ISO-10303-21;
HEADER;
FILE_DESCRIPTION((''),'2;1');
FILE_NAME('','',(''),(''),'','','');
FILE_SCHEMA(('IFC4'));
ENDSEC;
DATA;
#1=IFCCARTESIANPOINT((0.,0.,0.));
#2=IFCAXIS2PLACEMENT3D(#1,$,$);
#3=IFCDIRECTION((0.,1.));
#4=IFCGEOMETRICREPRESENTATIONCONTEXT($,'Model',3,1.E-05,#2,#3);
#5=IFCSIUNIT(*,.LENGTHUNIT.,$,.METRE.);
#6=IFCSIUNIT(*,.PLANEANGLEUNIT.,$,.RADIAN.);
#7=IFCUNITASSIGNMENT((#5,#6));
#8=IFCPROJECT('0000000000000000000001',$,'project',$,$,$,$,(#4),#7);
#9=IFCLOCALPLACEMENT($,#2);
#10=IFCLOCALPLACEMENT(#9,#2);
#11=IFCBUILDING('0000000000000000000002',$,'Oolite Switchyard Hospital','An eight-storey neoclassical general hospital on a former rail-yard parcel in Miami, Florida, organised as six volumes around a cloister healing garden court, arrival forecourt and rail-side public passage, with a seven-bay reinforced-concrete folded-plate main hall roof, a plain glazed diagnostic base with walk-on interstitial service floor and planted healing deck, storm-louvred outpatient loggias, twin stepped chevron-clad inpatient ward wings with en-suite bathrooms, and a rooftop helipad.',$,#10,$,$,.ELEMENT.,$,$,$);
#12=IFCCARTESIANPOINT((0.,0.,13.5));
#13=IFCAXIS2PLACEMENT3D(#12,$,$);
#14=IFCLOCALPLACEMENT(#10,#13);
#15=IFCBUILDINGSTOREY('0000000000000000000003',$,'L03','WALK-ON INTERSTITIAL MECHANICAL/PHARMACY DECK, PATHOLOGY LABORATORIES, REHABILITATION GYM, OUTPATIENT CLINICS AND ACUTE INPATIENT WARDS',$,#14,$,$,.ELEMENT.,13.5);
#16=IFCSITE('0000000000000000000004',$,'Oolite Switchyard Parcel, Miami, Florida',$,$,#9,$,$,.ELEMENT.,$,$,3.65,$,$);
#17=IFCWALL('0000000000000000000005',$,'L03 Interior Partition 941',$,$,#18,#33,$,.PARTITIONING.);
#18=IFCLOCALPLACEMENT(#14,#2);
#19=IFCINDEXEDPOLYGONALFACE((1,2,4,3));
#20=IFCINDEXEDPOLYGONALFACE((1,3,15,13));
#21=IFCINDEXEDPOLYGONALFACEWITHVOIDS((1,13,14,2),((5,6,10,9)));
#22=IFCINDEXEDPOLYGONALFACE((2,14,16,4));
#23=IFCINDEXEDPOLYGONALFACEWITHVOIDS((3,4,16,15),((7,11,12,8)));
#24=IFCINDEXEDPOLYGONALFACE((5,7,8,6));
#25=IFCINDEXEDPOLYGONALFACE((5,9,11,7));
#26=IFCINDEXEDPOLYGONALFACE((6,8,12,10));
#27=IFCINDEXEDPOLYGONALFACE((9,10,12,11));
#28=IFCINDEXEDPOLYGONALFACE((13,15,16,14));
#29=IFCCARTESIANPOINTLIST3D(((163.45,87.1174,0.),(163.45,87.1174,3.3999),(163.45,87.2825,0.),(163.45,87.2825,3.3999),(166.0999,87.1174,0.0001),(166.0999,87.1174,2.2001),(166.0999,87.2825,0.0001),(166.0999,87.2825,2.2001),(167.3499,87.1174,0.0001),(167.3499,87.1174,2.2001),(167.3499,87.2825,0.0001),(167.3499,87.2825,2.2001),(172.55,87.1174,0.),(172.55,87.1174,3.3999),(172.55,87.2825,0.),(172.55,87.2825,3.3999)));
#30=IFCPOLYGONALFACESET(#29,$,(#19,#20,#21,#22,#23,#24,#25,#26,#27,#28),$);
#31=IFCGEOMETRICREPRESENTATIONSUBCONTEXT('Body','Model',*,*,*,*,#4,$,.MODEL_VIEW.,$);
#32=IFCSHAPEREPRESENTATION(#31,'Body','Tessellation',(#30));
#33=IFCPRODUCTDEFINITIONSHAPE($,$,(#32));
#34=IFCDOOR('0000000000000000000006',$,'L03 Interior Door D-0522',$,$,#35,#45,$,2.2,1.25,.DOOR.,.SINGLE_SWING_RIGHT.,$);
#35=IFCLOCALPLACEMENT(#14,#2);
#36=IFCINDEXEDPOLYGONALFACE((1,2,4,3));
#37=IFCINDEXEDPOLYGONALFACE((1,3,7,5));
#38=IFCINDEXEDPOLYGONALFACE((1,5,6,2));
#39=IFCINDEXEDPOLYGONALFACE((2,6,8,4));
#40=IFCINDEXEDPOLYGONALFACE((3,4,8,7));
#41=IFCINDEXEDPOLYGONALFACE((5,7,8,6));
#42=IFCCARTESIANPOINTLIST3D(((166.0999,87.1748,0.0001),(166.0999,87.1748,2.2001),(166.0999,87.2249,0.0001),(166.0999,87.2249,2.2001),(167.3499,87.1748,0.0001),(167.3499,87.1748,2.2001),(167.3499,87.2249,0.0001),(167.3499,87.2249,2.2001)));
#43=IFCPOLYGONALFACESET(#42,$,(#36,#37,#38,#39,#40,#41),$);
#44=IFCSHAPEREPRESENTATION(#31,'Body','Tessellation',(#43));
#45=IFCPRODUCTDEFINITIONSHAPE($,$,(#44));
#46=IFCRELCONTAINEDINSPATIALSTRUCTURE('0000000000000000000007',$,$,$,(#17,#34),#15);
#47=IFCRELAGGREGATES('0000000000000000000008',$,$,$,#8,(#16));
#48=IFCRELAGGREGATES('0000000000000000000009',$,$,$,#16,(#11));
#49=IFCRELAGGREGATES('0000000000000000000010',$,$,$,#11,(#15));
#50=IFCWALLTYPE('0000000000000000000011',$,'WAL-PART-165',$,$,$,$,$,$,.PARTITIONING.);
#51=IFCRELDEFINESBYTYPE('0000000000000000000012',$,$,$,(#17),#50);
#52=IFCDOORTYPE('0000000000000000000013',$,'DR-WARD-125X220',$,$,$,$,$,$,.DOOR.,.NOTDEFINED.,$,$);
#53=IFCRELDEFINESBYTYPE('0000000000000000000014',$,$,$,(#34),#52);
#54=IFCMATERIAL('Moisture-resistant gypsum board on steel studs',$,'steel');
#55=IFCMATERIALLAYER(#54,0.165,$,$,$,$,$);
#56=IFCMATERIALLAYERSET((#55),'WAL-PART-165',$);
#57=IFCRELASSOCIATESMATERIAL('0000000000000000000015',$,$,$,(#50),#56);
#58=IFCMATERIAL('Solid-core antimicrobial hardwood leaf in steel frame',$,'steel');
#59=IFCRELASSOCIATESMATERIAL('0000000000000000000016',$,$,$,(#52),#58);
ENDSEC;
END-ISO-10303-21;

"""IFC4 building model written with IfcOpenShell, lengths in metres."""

from ifc_helpers import new_model, si_unit, direction, frame, frame_2d, origin, place, context, subcontext, project, spatial, rectangle, extrude, material, layer, layer_set, type_object, element, fill, save


model = new_model("IFC4")

# Units and contexts
model_context = context("Model", 3, precision=1e-05, world=origin(), true_north=direction((0.0, 1.0)))
body_context = subcontext(model_context, "Body", "Model", "MODEL_VIEW")
ifc_project = project(units=[si_unit("LENGTHUNIT", "METRE"), si_unit("PLANEANGLEUNIT", "RADIAN")], contexts=[model_context])

# Site, building, storey
site_placement = place(None, origin())
site = spatial("IfcSite", under=ifc_project, at=site_placement, Name="Oolite Switchyard Parcel, Miami, Florida", CompositionType="ELEMENT", RefElevation=3.65)
building_placement = place(site_placement, origin())
building = spatial("IfcBuilding", under=site, at=building_placement, Name="Oolite Switchyard Hospital", Description="An eight-storey neoclassical general hospital on a former rail-yard parcel in Miami, Florida, organised as six volumes around a cloister healing garden court, arrival forecourt and rail-side public passage, with a seven-bay reinforced-concrete folded-plate main hall roof, a plain glazed diagnostic base with walk-on interstitial service floor and planted healing deck, storm-louvred outpatient loggias, twin stepped chevron-clad inpatient ward wings with en-suite bathrooms, and a rooftop helipad.", CompositionType="ELEMENT")
storey_placement = place(building_placement, frame((0.0, 0.0, 13.5)))
storey = spatial("IfcBuildingStorey", under=building, at=storey_placement, Name="L03", Description="WALK-ON INTERSTITIAL MECHANICAL/PHARMACY DECK, PATHOLOGY LABORATORIES, REHABILITATION GYM, OUTPATIENT CLINICS AND ACUTE INPATIENT WARDS", CompositionType="ELEMENT", Elevation=13.5)

# Shared definitions
ifc_material_1 = material(Name="Moisture-resistant gypsum board on steel studs", Category="steel")

# Shared definitions
ifc_material_2 = material(Name="Solid-core antimicrobial hardwood leaf in steel frame", Category="steel")

# Wall, opening, door
ifc_layer_1 = layer(ifc_material_1, 0.165)
ifc_layer_set_1 = layer_set([ifc_layer_1], Name="WAL-PART-165")
wall_type_1 = type_object("IfcWallType", Name="WAL-PART-165", PredefinedType="PARTITIONING", material=ifc_layer_set_1)
door_type_1 = type_object("IfcDoorType", Name="DR-WARD-125X220", OperationType="NOTDEFINED", PredefinedType="DOOR", material=ifc_material_2)
wall_1_placement = place(storey_placement, frame((163.45, 87.2, 0.0), z_axis=(0.0, 0.0, 1.0), x_axis=(1.0, 0.0, 0.0)))
wall_1 = element("IfcWall", 1, at=wall_1_placement, inside=storey, type_object=wall_type_1, Name="L03 Interior Partition 941", PredefinedType="PARTITIONING", context=body_context, shape_type="SweptSolid", body=[
    extrude(rectangle(XDim=9.1001, YDim=0.165, at=frame_2d((4.55, 0.0))), origin(), (0.0, 0.0, 1.0), 3.3999),
])
opening_1_placement = place(wall_1_placement, frame((2.6499, 0.0, 0.0)))
opening_1 = element("IfcOpeningElement", 2, at=opening_1_placement, cuts=wall_1, PredefinedType="OPENING", context=body_context, shape_type="SweptSolid", body=[
    extrude(rectangle(XDim=1.25, YDim=2.2, at=frame_2d((0.625, 1.1001))), frame((0.0, 0.0925, 0.0), z_axis=(0.0, -1.0, 0.0), x_axis=(1.0, 0.0, 0.0)), (0.0, 0.0, 1.0), 0.1851),
])
door_1_placement = place(opening_1_placement, origin())
door_1 = element("IfcDoor", 3, at=door_1_placement, inside=storey, type_object=door_type_1, Name="L03 Interior Door D-0522", OperationType="SINGLE_SWING_RIGHT", OverallHeight=2.2, OverallWidth=1.25, PredefinedType="DOOR", context=body_context, shape_type="SweptSolid", body=[
    extrude(rectangle(XDim=1.25, YDim=2.2, at=frame_2d((0.625, 1.1001))), frame((0.0, 0.0249, 0.0), z_axis=(0.0, -1.0, 0.0), x_axis=(1.0, 0.0, 0.0)), (0.0, 0.0, 1.0), 0.05),
])
fill(opening_1, door_1)

save(model, "model.ifc")
